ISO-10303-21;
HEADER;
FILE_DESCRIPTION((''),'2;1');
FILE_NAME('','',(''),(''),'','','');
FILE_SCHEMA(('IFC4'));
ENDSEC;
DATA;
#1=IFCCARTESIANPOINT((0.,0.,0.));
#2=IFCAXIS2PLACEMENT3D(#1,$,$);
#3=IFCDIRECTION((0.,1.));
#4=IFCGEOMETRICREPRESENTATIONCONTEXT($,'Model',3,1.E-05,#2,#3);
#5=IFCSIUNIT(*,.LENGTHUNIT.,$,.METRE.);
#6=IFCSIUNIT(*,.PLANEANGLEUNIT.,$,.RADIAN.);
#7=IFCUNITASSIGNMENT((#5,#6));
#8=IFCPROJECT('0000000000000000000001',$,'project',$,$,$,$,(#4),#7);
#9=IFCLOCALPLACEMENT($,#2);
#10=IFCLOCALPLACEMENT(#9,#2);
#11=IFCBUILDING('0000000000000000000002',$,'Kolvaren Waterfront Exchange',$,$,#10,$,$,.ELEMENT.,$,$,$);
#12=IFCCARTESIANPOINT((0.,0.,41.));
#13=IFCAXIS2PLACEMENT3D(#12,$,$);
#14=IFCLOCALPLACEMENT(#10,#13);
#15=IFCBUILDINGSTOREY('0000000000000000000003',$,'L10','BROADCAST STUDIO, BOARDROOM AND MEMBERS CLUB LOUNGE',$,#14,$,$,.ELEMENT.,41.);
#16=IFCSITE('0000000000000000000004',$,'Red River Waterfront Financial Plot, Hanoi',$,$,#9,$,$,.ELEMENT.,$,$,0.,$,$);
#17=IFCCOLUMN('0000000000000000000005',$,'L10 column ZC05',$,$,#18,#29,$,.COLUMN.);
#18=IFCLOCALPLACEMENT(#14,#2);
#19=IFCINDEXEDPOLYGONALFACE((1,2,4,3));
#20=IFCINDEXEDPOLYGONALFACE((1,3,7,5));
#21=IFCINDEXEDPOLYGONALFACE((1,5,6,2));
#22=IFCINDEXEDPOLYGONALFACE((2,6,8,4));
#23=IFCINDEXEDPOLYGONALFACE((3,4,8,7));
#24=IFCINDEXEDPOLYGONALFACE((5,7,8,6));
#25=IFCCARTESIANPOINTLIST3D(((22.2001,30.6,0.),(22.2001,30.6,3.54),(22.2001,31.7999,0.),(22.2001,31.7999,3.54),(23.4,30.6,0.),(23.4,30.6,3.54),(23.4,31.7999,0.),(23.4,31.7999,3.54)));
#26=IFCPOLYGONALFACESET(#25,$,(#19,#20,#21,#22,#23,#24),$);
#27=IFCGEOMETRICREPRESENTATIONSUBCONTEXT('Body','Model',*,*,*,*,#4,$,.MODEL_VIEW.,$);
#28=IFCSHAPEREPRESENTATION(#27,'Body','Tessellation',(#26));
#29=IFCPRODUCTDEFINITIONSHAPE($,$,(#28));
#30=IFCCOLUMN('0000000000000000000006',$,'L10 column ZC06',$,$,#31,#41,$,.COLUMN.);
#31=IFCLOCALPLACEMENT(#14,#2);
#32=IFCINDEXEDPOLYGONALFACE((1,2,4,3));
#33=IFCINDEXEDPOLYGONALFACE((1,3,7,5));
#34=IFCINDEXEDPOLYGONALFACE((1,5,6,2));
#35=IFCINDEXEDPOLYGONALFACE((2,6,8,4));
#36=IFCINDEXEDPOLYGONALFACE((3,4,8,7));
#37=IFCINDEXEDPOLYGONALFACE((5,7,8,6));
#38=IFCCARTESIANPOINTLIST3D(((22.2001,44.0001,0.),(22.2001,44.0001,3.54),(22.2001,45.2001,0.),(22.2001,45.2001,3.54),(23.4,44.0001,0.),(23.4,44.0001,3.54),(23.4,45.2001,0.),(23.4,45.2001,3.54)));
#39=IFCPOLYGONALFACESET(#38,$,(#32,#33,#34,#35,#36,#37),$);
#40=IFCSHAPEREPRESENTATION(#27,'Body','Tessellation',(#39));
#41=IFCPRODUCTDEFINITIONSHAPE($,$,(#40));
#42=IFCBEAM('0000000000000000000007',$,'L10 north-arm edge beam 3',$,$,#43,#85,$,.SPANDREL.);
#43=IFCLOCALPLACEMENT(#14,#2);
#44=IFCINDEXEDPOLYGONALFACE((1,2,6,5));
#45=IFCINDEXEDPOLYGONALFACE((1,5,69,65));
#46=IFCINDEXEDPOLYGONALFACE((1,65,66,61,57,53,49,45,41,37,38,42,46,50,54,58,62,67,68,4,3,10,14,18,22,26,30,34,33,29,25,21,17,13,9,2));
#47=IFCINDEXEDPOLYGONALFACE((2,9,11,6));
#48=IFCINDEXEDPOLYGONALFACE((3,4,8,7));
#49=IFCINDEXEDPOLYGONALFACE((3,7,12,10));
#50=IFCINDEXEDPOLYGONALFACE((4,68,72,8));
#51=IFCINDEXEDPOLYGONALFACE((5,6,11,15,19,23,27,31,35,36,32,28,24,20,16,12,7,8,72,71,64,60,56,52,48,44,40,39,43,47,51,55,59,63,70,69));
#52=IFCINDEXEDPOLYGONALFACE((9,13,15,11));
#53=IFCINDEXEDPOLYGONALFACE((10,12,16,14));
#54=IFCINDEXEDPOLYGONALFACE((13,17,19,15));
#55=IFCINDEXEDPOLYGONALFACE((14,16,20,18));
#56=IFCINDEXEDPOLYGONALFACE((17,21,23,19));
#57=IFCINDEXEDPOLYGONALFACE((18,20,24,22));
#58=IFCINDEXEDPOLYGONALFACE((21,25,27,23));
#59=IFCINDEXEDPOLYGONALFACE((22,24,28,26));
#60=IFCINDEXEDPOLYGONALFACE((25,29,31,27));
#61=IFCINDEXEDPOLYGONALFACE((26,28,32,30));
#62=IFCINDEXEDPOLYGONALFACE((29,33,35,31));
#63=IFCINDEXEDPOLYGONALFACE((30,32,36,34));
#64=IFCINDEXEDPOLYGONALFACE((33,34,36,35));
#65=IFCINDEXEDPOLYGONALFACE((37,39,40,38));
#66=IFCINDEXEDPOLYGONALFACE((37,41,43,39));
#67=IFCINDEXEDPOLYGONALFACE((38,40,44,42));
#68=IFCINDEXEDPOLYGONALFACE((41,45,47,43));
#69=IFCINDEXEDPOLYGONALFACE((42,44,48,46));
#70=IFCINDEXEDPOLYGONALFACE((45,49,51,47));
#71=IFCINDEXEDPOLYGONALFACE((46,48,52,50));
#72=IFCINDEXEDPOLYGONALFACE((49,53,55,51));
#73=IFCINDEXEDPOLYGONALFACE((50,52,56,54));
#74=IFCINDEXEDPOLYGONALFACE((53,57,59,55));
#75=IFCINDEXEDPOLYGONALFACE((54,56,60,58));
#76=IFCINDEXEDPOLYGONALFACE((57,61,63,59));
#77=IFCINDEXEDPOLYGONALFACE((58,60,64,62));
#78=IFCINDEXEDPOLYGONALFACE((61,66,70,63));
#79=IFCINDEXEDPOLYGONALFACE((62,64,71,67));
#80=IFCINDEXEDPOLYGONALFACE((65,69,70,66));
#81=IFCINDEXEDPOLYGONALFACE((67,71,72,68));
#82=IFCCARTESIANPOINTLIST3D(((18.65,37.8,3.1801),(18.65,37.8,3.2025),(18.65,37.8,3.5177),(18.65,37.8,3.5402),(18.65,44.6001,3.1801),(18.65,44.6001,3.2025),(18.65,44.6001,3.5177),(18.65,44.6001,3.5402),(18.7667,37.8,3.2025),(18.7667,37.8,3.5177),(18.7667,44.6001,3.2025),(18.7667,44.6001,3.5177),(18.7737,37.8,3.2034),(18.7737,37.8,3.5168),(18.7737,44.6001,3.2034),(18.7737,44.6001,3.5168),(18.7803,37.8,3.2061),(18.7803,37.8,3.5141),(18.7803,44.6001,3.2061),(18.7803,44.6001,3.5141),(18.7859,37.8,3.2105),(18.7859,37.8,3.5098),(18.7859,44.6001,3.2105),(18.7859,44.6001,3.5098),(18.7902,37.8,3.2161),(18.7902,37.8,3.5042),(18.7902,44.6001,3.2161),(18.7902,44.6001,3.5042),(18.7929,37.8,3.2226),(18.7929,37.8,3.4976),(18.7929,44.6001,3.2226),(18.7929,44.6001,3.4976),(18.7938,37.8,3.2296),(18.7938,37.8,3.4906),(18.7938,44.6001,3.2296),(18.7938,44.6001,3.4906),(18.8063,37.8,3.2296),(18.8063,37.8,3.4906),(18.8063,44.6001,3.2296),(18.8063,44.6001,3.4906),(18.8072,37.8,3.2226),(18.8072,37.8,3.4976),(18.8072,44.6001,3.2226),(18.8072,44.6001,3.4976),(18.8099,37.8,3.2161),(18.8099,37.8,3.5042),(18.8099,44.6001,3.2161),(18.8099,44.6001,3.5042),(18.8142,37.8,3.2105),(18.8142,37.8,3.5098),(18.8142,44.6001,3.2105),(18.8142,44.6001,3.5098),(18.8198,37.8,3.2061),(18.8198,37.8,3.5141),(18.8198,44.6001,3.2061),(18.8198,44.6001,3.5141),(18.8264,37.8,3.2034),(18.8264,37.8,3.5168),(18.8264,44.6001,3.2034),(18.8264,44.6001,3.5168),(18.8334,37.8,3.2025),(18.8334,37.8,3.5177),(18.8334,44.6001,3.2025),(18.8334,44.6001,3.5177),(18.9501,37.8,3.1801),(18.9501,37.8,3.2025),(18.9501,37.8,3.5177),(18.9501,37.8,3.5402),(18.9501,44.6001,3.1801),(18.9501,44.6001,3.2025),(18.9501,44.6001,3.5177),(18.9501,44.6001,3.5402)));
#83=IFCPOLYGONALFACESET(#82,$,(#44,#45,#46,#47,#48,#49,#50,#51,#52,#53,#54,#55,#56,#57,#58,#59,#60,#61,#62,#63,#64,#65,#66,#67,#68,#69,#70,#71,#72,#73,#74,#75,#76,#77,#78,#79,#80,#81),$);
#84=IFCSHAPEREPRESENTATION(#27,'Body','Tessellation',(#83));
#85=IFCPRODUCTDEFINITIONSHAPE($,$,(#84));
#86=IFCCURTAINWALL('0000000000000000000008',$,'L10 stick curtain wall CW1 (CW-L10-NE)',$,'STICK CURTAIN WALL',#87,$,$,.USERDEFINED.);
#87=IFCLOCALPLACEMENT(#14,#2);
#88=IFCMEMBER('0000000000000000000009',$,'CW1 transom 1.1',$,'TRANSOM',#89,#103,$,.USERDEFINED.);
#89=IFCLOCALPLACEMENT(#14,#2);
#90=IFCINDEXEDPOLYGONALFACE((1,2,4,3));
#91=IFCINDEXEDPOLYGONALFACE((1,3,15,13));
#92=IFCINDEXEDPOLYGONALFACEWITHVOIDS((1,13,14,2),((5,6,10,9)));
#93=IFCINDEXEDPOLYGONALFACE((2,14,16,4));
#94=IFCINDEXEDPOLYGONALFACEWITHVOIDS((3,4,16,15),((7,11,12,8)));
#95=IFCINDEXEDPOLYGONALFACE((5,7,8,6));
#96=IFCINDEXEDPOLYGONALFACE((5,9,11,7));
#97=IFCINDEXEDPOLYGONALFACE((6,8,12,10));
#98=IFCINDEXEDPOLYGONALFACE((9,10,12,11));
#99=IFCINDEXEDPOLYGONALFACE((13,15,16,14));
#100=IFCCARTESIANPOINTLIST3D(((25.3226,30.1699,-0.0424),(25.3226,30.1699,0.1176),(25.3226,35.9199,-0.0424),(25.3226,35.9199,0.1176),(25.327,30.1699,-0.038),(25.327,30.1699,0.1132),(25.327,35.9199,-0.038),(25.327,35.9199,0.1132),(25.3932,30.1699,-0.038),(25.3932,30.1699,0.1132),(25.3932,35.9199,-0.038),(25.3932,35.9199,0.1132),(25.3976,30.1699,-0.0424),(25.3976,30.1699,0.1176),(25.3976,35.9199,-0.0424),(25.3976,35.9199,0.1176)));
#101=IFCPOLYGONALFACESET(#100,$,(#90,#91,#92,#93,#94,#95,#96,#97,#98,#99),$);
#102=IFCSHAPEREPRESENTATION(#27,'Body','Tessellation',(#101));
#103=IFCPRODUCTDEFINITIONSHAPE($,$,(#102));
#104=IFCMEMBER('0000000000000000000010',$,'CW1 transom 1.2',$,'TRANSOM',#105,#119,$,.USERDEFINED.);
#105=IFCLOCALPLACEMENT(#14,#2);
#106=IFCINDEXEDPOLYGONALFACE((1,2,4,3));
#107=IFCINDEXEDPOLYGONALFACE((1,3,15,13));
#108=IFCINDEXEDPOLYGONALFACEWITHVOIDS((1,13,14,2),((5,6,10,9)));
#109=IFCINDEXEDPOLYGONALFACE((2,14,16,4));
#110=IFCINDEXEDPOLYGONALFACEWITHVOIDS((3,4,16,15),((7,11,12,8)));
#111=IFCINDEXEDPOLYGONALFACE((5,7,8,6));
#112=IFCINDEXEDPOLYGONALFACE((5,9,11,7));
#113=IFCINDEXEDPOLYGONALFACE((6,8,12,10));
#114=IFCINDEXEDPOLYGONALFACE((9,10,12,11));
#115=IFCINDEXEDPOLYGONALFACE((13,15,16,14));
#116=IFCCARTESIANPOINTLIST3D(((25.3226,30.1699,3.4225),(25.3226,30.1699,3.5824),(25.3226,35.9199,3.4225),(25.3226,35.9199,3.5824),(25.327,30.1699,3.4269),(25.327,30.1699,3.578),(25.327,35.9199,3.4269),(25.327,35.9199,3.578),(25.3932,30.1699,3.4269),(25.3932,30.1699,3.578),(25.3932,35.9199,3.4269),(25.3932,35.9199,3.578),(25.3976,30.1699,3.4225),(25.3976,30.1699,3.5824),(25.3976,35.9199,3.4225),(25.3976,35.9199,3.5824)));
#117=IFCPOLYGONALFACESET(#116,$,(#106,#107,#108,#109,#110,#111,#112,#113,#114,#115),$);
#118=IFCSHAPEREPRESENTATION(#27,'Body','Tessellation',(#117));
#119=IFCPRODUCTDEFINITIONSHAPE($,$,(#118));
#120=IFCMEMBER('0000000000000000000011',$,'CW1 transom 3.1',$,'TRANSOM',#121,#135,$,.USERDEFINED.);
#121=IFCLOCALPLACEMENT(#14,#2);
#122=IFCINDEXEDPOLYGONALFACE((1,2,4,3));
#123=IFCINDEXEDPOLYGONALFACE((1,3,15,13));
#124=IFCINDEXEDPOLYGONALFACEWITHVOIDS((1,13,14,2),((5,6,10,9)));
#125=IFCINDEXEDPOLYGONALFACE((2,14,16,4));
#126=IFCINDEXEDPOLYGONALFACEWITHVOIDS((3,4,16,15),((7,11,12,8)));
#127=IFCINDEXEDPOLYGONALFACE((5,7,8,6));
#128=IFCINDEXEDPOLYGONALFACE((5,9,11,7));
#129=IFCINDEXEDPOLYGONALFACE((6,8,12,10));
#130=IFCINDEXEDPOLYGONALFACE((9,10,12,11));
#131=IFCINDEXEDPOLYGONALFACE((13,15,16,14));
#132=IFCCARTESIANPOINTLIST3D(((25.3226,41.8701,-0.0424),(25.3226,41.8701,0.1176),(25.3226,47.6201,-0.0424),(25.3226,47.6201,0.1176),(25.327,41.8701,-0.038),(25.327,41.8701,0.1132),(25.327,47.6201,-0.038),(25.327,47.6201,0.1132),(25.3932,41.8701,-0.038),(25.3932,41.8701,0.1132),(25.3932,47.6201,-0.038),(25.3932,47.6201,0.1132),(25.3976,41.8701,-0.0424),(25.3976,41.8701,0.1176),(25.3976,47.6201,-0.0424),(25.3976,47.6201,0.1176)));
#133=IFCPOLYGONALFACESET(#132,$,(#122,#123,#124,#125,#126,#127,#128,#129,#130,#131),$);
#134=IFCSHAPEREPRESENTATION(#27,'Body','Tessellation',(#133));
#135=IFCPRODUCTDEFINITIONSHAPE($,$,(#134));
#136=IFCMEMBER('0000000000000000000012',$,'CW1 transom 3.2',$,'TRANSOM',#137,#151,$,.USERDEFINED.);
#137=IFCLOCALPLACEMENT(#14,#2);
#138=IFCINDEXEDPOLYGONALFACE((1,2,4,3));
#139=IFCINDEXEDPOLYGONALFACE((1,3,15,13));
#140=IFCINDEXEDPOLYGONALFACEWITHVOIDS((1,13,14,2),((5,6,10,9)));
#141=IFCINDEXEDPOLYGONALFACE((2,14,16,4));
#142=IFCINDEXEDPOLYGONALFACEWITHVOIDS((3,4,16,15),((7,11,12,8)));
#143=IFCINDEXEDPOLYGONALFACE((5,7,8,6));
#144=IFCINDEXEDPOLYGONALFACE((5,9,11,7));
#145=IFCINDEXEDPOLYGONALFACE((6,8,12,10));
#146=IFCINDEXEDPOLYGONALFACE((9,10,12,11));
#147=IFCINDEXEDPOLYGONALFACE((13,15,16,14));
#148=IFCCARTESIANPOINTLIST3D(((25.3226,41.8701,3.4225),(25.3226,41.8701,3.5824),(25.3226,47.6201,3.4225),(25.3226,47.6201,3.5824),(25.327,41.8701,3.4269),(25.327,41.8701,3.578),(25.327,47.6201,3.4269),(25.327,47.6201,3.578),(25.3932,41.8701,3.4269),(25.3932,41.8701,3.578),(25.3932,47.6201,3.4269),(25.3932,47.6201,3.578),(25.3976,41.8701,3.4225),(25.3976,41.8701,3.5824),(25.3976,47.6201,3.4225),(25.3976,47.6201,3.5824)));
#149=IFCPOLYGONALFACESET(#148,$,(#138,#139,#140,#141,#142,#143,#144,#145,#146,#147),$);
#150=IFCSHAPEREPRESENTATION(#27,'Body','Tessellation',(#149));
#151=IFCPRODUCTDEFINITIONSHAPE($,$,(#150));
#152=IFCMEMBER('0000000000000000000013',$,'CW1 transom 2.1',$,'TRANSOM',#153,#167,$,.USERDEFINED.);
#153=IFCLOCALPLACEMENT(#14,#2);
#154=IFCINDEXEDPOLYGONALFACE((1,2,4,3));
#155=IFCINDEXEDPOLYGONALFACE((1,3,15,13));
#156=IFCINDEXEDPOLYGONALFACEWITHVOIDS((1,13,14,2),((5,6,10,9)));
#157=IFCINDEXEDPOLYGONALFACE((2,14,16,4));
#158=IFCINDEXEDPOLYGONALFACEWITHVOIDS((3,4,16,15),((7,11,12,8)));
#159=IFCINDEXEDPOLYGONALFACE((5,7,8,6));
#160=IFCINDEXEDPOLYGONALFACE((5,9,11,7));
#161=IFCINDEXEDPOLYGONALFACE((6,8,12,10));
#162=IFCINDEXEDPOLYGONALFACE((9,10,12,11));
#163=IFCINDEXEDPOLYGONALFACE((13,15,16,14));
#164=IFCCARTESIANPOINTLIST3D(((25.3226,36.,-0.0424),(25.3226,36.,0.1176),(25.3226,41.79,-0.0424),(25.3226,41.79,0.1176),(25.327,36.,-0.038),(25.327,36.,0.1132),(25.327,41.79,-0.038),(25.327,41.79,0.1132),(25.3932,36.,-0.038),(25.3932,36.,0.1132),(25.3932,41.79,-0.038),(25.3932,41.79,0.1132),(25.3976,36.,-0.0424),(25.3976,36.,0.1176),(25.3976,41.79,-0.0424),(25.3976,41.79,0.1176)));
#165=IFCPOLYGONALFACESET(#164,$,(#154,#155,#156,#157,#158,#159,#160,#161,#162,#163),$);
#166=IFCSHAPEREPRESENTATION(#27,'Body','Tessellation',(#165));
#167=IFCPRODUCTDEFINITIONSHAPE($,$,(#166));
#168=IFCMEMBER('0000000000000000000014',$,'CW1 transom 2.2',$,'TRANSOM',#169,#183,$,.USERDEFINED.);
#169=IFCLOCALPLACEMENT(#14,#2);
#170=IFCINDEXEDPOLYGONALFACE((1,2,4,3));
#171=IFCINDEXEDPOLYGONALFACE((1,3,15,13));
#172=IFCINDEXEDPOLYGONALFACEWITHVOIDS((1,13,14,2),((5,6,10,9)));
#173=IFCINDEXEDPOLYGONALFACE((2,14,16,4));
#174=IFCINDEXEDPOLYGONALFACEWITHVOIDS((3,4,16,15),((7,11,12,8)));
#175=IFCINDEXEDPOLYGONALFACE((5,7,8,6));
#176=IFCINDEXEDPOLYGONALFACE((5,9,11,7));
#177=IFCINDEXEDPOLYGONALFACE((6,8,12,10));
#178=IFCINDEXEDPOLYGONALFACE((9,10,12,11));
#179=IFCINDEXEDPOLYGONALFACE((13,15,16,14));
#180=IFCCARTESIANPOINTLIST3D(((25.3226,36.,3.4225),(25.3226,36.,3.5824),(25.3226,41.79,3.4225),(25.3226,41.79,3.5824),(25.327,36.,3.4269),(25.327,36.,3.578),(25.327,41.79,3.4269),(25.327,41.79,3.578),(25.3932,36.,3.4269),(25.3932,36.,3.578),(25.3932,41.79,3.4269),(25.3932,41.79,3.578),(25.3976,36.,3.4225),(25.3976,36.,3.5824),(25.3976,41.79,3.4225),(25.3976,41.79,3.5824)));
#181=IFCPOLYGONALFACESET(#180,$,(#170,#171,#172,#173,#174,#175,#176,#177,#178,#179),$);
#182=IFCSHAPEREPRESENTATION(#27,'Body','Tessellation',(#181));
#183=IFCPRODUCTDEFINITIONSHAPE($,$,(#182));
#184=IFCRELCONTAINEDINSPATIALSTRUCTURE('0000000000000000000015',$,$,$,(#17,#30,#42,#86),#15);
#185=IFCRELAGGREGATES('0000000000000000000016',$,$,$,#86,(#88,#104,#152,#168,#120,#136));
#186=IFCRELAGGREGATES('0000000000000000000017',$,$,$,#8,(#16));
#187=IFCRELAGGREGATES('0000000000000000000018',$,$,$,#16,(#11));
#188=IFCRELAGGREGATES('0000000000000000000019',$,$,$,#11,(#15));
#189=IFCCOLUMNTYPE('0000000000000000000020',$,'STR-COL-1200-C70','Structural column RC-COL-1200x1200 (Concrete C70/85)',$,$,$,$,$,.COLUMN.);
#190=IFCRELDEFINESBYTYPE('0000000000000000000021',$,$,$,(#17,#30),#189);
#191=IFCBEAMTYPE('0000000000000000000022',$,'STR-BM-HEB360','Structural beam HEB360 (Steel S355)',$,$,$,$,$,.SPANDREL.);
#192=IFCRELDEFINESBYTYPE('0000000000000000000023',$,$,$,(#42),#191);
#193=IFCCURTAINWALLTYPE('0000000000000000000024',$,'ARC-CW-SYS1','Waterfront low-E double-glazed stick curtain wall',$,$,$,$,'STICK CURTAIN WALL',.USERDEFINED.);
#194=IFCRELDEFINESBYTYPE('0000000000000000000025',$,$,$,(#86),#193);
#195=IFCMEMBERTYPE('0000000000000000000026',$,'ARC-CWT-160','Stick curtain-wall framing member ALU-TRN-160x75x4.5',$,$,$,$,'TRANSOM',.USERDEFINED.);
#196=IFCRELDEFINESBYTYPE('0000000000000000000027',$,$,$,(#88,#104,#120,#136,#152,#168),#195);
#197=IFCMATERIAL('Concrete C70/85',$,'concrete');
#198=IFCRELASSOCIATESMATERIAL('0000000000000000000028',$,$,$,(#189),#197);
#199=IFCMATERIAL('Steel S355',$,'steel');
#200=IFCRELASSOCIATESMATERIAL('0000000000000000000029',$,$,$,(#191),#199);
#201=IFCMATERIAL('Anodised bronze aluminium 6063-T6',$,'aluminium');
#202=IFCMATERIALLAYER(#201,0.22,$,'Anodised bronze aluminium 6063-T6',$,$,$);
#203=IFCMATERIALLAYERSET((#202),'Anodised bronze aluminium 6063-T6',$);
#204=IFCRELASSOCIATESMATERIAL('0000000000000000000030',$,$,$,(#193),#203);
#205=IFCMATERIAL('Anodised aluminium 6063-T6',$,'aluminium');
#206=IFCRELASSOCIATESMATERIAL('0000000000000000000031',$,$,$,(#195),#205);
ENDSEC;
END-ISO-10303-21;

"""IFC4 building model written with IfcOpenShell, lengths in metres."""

from ifc_helpers import new_model, si_unit, direction, frame, origin, origin_with_axes, origin_2d, place, context, subcontext, project, spatial, rectangle, hollow_rectangle, i_section, extrude, source, transform, mapped, material, layer, layer_set, material_profile, profile_set, type_object, element, aggregate, save


model = new_model("IFC4")

# Units and contexts
model_context = context("Model", 3, precision=1e-05, world=origin(), true_north=direction((0.0, 1.0)))
body_context = subcontext(model_context, "Body", "Model", "MODEL_VIEW")
ifc_project = project(units=[si_unit("LENGTHUNIT", "METRE"), si_unit("PLANEANGLEUNIT", "RADIAN")], contexts=[model_context])

# Site, building, storey
site_placement = place(None, origin())
site = spatial("IfcSite", under=ifc_project, at=site_placement, Name="Red River Waterfront Financial Plot, Hanoi", CompositionType="ELEMENT", RefElevation=0.0)
building_placement = place(site_placement, origin())
building = spatial("IfcBuilding", under=site, at=building_placement, Name="Kolvaren Waterfront Exchange", CompositionType="ELEMENT")
storey_placement = place(building_placement, frame((0.0, 0.0, 41.0)))
storey = spatial("IfcBuildingStorey", under=building, at=storey_placement, Name="L10", Description="BROADCAST STUDIO, BOARDROOM AND MEMBERS CLUB LOUNGE", CompositionType="ELEMENT", Elevation=41.0)

# Columns
ifc_material_1 = material(Name="Concrete C70/85", Category="concrete")
ifc_material_profile_1 = material_profile(ifc_material_1, rectangle(XDim=1.2, YDim=1.2, at=origin_2d()), Name="RC-COL-1200x1200")
ifc_profile_set_1 = profile_set([ifc_material_profile_1], Name="Concrete C70/85")
column_type = type_object("IfcColumnType", Name="STR-COL-1200-C70", Description="Structural column RC-COL-1200x1200 (Concrete C70/85)", PredefinedType="COLUMN", material=ifc_profile_set_1)
for number, where, z_axis, x_axis, name in (
    (1, (22.8, 31.2, 0.0), (0.0, 0.0, 1.0), (1.0, 0.0, 0.0), "L10 column ZC05"),
    (2, (22.8, 44.6001, 0.0), (0.0, 0.0, 1.0), (1.0, 0.0, 0.0), "L10 column ZC06"),
):
    element("IfcColumn", number, at=place(storey_placement, frame(where, z_axis=z_axis, x_axis=x_axis)), inside=storey, type_object=column_type, Name=name, PredefinedType="COLUMN", context=body_context, shape_type="SweptSolid", body=[
        extrude(rectangle(XDim=1.2, YDim=1.2, at=origin_2d()), origin(), (0.0, 0.0, 1.0), 3.54),
    ])

# Beam
ifc_material_2 = material(Name="Steel S355", Category="steel")
ifc_material_profile_2 = material_profile(ifc_material_2, i_section(OverallWidth=0.3, OverallDepth=0.3601, WebThickness=0.0125, FlangeThickness=0.0225, FilletRadius=0.0271, at=origin_2d()), Name="HEB360")
ifc_profile_set_2 = profile_set([ifc_material_profile_2], Name="Steel S355")
beam_type = type_object("IfcBeamType", Name="STR-BM-HEB360", Description="Structural beam HEB360 (Steel S355)", PredefinedType="SPANDREL", material=ifc_profile_set_2)
beam_placement = place(storey_placement, frame((18.8, 37.8, 3.3601), z_axis=(0.0, 1.0, 0.0), x_axis=(-1.0, 0.0, 0.0)))
element("IfcBeam", 3, at=beam_placement, inside=storey, type_object=beam_type, Name="L10 north-arm edge beam 3", PredefinedType="SPANDREL", context=body_context, shape_type="SweptSolid", body=[
    extrude(i_section(OverallWidth=0.3, OverallDepth=0.3601, WebThickness=0.0125, FlangeThickness=0.0225, FilletRadius=0.0271, at=origin_2d()), origin(), (0.0, 0.0, 1.0), 6.8),
])

# Curtain wall, members
ifc_material_3 = material(Name="Anodised bronze aluminium 6063-T6", Category="aluminium")
ifc_layer_1 = layer(ifc_material_3, 0.22, Name="Anodised bronze aluminium 6063-T6")
ifc_layer_set_1 = layer_set([ifc_layer_1], Name="Anodised bronze aluminium 6063-T6")
curtain_wall_type = type_object("IfcCurtainWallType", Name="ARC-CW-SYS1", Description="Waterfront low-E double-glazed stick curtain wall", ElementType="STICK CURTAIN WALL", PredefinedType="USERDEFINED", material=ifc_layer_set_1)
curtain_wall_placement = place(storey_placement, origin())
curtain_wall = element("IfcCurtainWall", 4, at=curtain_wall_placement, inside=storey, type_object=curtain_wall_type, Name="L10 stick curtain wall CW1 (CW-L10-NE)", ObjectType="STICK CURTAIN WALL", PredefinedType="USERDEFINED")
ifc_material_4 = material(Name="Anodised aluminium 6063-T6", Category="aluminium")
ifc_material_profile_3 = material_profile(ifc_material_4, hollow_rectangle(XDim=0.075, YDim=0.1599, WallThickness=0.0044, at=origin_2d()), Name="ALU-TRN-160x75x4.5")
ifc_profile_set_3 = profile_set([ifc_material_profile_3], Name="Anodised aluminium 6063-T6")
member_type_1 = type_object("IfcMemberType", Name="ARC-CWT-160", Description="Stick curtain-wall framing member ALU-TRN-160x75x4.5", ElementType="TRANSOM", PredefinedType="USERDEFINED", material=ifc_profile_set_3)
shared_shape_1 = source(origin_with_axes(), body_context, "Body", "SweptSolid", [
    extrude(hollow_rectangle(XDim=0.075, YDim=0.1599, WallThickness=0.0044, at=origin_2d()), origin(), (0.0, 0.0, 1.0), 5.75),
])
member_1_placement = place(storey_placement, frame((25.3601, 30.1699, 0.0376), z_axis=(0.0, 1.0, 0.0), x_axis=(-1.0, 0.0, 0.0)))
member_1 = element("IfcMember", 5, at=member_1_placement, type_object=member_type_1, Name="CW1 transom 1.1", ObjectType="TRANSOM", PredefinedType="USERDEFINED", context=body_context, shape_type="MappedRepresentation", body=[
    mapped(shared_shape_1, transform((0.0, 0.0, 0.0), x_axis=(1.0, 0.0, 0.0), y_axis=(0.0, 1.0, 0.0), z_axis=(0.0, 0.0, 1.0), scale=1.0)),
])
member_2_placement = place(storey_placement, frame((25.3601, 30.1699, 3.5024), z_axis=(0.0, 1.0, 0.0), x_axis=(-1.0, 0.0, 0.0)))
member_2 = element("IfcMember", 6, at=member_2_placement, type_object=member_type_1, Name="CW1 transom 1.2", ObjectType="TRANSOM", PredefinedType="USERDEFINED", context=body_context, shape_type="MappedRepresentation", body=[
    mapped(shared_shape_1, transform((0.0, 0.0, 0.0), x_axis=(1.0, 0.0, 0.0), y_axis=(0.0, 1.0, 0.0), z_axis=(0.0, 0.0, 1.0), scale=1.0)),
])
member_3_placement = place(storey_placement, frame((25.3601, 41.8701, 0.0376), z_axis=(0.0, 1.0, 0.0), x_axis=(-1.0, 0.0, 0.0)))
member_3 = element("IfcMember", 7, at=member_3_placement, type_object=member_type_1, Name="CW1 transom 3.1", ObjectType="TRANSOM", PredefinedType="USERDEFINED", context=body_context, shape_type="MappedRepresentation", body=[
    mapped(shared_shape_1, transform((0.0, 0.0, 0.0), x_axis=(1.0, 0.0, 0.0), y_axis=(0.0, 1.0, 0.0), z_axis=(0.0, 0.0, 1.0), scale=1.0)),
])
member_4_placement = place(storey_placement, frame((25.3601, 41.8701, 3.5024), z_axis=(0.0, 1.0, 0.0), x_axis=(-1.0, 0.0, 0.0)))
member_4 = element("IfcMember", 8, at=member_4_placement, type_object=member_type_1, Name="CW1 transom 3.2", ObjectType="TRANSOM", PredefinedType="USERDEFINED", context=body_context, shape_type="MappedRepresentation", body=[
    mapped(shared_shape_1, transform((0.0, 0.0, 0.0), x_axis=(1.0, 0.0, 0.0), y_axis=(0.0, 1.0, 0.0), z_axis=(0.0, 0.0, 1.0), scale=1.0)),
])
shared_shape_2 = source(origin_with_axes(), body_context, "Body", "SweptSolid", [
    extrude(hollow_rectangle(XDim=0.075, YDim=0.1599, WallThickness=0.0044, at=origin_2d()), origin(), (0.0, 0.0, 1.0), 5.79),
])
member_5_placement = place(storey_placement, frame((25.3601, 36.0, 0.0376), z_axis=(0.0, 1.0, 0.0), x_axis=(-1.0, 0.0, 0.0)))
member_5 = element("IfcMember", 9, at=member_5_placement, type_object=member_type_1, Name="CW1 transom 2.1", ObjectType="TRANSOM", PredefinedType="USERDEFINED", context=body_context, shape_type="MappedRepresentation", body=[
    mapped(shared_shape_2, transform((0.0, 0.0, 0.0), x_axis=(1.0, 0.0, 0.0), y_axis=(0.0, 1.0, 0.0), z_axis=(0.0, 0.0, 1.0), scale=1.0)),
])
member_6_placement = place(storey_placement, frame((25.3601, 36.0, 3.5024), z_axis=(0.0, 1.0, 0.0), x_axis=(-1.0, 0.0, 0.0)))
member_6 = element("IfcMember", 10, at=member_6_placement, type_object=member_type_1, Name="CW1 transom 2.2", ObjectType="TRANSOM", PredefinedType="USERDEFINED", context=body_context, shape_type="MappedRepresentation", body=[
    mapped(shared_shape_2, transform((0.0, 0.0, 0.0), x_axis=(1.0, 0.0, 0.0), y_axis=(0.0, 1.0, 0.0), z_axis=(0.0, 0.0, 1.0), scale=1.0)),
])
aggregate(curtain_wall, [member_1, member_2, member_5, member_6, member_3, member_4])

save(model, "model.ifc")
